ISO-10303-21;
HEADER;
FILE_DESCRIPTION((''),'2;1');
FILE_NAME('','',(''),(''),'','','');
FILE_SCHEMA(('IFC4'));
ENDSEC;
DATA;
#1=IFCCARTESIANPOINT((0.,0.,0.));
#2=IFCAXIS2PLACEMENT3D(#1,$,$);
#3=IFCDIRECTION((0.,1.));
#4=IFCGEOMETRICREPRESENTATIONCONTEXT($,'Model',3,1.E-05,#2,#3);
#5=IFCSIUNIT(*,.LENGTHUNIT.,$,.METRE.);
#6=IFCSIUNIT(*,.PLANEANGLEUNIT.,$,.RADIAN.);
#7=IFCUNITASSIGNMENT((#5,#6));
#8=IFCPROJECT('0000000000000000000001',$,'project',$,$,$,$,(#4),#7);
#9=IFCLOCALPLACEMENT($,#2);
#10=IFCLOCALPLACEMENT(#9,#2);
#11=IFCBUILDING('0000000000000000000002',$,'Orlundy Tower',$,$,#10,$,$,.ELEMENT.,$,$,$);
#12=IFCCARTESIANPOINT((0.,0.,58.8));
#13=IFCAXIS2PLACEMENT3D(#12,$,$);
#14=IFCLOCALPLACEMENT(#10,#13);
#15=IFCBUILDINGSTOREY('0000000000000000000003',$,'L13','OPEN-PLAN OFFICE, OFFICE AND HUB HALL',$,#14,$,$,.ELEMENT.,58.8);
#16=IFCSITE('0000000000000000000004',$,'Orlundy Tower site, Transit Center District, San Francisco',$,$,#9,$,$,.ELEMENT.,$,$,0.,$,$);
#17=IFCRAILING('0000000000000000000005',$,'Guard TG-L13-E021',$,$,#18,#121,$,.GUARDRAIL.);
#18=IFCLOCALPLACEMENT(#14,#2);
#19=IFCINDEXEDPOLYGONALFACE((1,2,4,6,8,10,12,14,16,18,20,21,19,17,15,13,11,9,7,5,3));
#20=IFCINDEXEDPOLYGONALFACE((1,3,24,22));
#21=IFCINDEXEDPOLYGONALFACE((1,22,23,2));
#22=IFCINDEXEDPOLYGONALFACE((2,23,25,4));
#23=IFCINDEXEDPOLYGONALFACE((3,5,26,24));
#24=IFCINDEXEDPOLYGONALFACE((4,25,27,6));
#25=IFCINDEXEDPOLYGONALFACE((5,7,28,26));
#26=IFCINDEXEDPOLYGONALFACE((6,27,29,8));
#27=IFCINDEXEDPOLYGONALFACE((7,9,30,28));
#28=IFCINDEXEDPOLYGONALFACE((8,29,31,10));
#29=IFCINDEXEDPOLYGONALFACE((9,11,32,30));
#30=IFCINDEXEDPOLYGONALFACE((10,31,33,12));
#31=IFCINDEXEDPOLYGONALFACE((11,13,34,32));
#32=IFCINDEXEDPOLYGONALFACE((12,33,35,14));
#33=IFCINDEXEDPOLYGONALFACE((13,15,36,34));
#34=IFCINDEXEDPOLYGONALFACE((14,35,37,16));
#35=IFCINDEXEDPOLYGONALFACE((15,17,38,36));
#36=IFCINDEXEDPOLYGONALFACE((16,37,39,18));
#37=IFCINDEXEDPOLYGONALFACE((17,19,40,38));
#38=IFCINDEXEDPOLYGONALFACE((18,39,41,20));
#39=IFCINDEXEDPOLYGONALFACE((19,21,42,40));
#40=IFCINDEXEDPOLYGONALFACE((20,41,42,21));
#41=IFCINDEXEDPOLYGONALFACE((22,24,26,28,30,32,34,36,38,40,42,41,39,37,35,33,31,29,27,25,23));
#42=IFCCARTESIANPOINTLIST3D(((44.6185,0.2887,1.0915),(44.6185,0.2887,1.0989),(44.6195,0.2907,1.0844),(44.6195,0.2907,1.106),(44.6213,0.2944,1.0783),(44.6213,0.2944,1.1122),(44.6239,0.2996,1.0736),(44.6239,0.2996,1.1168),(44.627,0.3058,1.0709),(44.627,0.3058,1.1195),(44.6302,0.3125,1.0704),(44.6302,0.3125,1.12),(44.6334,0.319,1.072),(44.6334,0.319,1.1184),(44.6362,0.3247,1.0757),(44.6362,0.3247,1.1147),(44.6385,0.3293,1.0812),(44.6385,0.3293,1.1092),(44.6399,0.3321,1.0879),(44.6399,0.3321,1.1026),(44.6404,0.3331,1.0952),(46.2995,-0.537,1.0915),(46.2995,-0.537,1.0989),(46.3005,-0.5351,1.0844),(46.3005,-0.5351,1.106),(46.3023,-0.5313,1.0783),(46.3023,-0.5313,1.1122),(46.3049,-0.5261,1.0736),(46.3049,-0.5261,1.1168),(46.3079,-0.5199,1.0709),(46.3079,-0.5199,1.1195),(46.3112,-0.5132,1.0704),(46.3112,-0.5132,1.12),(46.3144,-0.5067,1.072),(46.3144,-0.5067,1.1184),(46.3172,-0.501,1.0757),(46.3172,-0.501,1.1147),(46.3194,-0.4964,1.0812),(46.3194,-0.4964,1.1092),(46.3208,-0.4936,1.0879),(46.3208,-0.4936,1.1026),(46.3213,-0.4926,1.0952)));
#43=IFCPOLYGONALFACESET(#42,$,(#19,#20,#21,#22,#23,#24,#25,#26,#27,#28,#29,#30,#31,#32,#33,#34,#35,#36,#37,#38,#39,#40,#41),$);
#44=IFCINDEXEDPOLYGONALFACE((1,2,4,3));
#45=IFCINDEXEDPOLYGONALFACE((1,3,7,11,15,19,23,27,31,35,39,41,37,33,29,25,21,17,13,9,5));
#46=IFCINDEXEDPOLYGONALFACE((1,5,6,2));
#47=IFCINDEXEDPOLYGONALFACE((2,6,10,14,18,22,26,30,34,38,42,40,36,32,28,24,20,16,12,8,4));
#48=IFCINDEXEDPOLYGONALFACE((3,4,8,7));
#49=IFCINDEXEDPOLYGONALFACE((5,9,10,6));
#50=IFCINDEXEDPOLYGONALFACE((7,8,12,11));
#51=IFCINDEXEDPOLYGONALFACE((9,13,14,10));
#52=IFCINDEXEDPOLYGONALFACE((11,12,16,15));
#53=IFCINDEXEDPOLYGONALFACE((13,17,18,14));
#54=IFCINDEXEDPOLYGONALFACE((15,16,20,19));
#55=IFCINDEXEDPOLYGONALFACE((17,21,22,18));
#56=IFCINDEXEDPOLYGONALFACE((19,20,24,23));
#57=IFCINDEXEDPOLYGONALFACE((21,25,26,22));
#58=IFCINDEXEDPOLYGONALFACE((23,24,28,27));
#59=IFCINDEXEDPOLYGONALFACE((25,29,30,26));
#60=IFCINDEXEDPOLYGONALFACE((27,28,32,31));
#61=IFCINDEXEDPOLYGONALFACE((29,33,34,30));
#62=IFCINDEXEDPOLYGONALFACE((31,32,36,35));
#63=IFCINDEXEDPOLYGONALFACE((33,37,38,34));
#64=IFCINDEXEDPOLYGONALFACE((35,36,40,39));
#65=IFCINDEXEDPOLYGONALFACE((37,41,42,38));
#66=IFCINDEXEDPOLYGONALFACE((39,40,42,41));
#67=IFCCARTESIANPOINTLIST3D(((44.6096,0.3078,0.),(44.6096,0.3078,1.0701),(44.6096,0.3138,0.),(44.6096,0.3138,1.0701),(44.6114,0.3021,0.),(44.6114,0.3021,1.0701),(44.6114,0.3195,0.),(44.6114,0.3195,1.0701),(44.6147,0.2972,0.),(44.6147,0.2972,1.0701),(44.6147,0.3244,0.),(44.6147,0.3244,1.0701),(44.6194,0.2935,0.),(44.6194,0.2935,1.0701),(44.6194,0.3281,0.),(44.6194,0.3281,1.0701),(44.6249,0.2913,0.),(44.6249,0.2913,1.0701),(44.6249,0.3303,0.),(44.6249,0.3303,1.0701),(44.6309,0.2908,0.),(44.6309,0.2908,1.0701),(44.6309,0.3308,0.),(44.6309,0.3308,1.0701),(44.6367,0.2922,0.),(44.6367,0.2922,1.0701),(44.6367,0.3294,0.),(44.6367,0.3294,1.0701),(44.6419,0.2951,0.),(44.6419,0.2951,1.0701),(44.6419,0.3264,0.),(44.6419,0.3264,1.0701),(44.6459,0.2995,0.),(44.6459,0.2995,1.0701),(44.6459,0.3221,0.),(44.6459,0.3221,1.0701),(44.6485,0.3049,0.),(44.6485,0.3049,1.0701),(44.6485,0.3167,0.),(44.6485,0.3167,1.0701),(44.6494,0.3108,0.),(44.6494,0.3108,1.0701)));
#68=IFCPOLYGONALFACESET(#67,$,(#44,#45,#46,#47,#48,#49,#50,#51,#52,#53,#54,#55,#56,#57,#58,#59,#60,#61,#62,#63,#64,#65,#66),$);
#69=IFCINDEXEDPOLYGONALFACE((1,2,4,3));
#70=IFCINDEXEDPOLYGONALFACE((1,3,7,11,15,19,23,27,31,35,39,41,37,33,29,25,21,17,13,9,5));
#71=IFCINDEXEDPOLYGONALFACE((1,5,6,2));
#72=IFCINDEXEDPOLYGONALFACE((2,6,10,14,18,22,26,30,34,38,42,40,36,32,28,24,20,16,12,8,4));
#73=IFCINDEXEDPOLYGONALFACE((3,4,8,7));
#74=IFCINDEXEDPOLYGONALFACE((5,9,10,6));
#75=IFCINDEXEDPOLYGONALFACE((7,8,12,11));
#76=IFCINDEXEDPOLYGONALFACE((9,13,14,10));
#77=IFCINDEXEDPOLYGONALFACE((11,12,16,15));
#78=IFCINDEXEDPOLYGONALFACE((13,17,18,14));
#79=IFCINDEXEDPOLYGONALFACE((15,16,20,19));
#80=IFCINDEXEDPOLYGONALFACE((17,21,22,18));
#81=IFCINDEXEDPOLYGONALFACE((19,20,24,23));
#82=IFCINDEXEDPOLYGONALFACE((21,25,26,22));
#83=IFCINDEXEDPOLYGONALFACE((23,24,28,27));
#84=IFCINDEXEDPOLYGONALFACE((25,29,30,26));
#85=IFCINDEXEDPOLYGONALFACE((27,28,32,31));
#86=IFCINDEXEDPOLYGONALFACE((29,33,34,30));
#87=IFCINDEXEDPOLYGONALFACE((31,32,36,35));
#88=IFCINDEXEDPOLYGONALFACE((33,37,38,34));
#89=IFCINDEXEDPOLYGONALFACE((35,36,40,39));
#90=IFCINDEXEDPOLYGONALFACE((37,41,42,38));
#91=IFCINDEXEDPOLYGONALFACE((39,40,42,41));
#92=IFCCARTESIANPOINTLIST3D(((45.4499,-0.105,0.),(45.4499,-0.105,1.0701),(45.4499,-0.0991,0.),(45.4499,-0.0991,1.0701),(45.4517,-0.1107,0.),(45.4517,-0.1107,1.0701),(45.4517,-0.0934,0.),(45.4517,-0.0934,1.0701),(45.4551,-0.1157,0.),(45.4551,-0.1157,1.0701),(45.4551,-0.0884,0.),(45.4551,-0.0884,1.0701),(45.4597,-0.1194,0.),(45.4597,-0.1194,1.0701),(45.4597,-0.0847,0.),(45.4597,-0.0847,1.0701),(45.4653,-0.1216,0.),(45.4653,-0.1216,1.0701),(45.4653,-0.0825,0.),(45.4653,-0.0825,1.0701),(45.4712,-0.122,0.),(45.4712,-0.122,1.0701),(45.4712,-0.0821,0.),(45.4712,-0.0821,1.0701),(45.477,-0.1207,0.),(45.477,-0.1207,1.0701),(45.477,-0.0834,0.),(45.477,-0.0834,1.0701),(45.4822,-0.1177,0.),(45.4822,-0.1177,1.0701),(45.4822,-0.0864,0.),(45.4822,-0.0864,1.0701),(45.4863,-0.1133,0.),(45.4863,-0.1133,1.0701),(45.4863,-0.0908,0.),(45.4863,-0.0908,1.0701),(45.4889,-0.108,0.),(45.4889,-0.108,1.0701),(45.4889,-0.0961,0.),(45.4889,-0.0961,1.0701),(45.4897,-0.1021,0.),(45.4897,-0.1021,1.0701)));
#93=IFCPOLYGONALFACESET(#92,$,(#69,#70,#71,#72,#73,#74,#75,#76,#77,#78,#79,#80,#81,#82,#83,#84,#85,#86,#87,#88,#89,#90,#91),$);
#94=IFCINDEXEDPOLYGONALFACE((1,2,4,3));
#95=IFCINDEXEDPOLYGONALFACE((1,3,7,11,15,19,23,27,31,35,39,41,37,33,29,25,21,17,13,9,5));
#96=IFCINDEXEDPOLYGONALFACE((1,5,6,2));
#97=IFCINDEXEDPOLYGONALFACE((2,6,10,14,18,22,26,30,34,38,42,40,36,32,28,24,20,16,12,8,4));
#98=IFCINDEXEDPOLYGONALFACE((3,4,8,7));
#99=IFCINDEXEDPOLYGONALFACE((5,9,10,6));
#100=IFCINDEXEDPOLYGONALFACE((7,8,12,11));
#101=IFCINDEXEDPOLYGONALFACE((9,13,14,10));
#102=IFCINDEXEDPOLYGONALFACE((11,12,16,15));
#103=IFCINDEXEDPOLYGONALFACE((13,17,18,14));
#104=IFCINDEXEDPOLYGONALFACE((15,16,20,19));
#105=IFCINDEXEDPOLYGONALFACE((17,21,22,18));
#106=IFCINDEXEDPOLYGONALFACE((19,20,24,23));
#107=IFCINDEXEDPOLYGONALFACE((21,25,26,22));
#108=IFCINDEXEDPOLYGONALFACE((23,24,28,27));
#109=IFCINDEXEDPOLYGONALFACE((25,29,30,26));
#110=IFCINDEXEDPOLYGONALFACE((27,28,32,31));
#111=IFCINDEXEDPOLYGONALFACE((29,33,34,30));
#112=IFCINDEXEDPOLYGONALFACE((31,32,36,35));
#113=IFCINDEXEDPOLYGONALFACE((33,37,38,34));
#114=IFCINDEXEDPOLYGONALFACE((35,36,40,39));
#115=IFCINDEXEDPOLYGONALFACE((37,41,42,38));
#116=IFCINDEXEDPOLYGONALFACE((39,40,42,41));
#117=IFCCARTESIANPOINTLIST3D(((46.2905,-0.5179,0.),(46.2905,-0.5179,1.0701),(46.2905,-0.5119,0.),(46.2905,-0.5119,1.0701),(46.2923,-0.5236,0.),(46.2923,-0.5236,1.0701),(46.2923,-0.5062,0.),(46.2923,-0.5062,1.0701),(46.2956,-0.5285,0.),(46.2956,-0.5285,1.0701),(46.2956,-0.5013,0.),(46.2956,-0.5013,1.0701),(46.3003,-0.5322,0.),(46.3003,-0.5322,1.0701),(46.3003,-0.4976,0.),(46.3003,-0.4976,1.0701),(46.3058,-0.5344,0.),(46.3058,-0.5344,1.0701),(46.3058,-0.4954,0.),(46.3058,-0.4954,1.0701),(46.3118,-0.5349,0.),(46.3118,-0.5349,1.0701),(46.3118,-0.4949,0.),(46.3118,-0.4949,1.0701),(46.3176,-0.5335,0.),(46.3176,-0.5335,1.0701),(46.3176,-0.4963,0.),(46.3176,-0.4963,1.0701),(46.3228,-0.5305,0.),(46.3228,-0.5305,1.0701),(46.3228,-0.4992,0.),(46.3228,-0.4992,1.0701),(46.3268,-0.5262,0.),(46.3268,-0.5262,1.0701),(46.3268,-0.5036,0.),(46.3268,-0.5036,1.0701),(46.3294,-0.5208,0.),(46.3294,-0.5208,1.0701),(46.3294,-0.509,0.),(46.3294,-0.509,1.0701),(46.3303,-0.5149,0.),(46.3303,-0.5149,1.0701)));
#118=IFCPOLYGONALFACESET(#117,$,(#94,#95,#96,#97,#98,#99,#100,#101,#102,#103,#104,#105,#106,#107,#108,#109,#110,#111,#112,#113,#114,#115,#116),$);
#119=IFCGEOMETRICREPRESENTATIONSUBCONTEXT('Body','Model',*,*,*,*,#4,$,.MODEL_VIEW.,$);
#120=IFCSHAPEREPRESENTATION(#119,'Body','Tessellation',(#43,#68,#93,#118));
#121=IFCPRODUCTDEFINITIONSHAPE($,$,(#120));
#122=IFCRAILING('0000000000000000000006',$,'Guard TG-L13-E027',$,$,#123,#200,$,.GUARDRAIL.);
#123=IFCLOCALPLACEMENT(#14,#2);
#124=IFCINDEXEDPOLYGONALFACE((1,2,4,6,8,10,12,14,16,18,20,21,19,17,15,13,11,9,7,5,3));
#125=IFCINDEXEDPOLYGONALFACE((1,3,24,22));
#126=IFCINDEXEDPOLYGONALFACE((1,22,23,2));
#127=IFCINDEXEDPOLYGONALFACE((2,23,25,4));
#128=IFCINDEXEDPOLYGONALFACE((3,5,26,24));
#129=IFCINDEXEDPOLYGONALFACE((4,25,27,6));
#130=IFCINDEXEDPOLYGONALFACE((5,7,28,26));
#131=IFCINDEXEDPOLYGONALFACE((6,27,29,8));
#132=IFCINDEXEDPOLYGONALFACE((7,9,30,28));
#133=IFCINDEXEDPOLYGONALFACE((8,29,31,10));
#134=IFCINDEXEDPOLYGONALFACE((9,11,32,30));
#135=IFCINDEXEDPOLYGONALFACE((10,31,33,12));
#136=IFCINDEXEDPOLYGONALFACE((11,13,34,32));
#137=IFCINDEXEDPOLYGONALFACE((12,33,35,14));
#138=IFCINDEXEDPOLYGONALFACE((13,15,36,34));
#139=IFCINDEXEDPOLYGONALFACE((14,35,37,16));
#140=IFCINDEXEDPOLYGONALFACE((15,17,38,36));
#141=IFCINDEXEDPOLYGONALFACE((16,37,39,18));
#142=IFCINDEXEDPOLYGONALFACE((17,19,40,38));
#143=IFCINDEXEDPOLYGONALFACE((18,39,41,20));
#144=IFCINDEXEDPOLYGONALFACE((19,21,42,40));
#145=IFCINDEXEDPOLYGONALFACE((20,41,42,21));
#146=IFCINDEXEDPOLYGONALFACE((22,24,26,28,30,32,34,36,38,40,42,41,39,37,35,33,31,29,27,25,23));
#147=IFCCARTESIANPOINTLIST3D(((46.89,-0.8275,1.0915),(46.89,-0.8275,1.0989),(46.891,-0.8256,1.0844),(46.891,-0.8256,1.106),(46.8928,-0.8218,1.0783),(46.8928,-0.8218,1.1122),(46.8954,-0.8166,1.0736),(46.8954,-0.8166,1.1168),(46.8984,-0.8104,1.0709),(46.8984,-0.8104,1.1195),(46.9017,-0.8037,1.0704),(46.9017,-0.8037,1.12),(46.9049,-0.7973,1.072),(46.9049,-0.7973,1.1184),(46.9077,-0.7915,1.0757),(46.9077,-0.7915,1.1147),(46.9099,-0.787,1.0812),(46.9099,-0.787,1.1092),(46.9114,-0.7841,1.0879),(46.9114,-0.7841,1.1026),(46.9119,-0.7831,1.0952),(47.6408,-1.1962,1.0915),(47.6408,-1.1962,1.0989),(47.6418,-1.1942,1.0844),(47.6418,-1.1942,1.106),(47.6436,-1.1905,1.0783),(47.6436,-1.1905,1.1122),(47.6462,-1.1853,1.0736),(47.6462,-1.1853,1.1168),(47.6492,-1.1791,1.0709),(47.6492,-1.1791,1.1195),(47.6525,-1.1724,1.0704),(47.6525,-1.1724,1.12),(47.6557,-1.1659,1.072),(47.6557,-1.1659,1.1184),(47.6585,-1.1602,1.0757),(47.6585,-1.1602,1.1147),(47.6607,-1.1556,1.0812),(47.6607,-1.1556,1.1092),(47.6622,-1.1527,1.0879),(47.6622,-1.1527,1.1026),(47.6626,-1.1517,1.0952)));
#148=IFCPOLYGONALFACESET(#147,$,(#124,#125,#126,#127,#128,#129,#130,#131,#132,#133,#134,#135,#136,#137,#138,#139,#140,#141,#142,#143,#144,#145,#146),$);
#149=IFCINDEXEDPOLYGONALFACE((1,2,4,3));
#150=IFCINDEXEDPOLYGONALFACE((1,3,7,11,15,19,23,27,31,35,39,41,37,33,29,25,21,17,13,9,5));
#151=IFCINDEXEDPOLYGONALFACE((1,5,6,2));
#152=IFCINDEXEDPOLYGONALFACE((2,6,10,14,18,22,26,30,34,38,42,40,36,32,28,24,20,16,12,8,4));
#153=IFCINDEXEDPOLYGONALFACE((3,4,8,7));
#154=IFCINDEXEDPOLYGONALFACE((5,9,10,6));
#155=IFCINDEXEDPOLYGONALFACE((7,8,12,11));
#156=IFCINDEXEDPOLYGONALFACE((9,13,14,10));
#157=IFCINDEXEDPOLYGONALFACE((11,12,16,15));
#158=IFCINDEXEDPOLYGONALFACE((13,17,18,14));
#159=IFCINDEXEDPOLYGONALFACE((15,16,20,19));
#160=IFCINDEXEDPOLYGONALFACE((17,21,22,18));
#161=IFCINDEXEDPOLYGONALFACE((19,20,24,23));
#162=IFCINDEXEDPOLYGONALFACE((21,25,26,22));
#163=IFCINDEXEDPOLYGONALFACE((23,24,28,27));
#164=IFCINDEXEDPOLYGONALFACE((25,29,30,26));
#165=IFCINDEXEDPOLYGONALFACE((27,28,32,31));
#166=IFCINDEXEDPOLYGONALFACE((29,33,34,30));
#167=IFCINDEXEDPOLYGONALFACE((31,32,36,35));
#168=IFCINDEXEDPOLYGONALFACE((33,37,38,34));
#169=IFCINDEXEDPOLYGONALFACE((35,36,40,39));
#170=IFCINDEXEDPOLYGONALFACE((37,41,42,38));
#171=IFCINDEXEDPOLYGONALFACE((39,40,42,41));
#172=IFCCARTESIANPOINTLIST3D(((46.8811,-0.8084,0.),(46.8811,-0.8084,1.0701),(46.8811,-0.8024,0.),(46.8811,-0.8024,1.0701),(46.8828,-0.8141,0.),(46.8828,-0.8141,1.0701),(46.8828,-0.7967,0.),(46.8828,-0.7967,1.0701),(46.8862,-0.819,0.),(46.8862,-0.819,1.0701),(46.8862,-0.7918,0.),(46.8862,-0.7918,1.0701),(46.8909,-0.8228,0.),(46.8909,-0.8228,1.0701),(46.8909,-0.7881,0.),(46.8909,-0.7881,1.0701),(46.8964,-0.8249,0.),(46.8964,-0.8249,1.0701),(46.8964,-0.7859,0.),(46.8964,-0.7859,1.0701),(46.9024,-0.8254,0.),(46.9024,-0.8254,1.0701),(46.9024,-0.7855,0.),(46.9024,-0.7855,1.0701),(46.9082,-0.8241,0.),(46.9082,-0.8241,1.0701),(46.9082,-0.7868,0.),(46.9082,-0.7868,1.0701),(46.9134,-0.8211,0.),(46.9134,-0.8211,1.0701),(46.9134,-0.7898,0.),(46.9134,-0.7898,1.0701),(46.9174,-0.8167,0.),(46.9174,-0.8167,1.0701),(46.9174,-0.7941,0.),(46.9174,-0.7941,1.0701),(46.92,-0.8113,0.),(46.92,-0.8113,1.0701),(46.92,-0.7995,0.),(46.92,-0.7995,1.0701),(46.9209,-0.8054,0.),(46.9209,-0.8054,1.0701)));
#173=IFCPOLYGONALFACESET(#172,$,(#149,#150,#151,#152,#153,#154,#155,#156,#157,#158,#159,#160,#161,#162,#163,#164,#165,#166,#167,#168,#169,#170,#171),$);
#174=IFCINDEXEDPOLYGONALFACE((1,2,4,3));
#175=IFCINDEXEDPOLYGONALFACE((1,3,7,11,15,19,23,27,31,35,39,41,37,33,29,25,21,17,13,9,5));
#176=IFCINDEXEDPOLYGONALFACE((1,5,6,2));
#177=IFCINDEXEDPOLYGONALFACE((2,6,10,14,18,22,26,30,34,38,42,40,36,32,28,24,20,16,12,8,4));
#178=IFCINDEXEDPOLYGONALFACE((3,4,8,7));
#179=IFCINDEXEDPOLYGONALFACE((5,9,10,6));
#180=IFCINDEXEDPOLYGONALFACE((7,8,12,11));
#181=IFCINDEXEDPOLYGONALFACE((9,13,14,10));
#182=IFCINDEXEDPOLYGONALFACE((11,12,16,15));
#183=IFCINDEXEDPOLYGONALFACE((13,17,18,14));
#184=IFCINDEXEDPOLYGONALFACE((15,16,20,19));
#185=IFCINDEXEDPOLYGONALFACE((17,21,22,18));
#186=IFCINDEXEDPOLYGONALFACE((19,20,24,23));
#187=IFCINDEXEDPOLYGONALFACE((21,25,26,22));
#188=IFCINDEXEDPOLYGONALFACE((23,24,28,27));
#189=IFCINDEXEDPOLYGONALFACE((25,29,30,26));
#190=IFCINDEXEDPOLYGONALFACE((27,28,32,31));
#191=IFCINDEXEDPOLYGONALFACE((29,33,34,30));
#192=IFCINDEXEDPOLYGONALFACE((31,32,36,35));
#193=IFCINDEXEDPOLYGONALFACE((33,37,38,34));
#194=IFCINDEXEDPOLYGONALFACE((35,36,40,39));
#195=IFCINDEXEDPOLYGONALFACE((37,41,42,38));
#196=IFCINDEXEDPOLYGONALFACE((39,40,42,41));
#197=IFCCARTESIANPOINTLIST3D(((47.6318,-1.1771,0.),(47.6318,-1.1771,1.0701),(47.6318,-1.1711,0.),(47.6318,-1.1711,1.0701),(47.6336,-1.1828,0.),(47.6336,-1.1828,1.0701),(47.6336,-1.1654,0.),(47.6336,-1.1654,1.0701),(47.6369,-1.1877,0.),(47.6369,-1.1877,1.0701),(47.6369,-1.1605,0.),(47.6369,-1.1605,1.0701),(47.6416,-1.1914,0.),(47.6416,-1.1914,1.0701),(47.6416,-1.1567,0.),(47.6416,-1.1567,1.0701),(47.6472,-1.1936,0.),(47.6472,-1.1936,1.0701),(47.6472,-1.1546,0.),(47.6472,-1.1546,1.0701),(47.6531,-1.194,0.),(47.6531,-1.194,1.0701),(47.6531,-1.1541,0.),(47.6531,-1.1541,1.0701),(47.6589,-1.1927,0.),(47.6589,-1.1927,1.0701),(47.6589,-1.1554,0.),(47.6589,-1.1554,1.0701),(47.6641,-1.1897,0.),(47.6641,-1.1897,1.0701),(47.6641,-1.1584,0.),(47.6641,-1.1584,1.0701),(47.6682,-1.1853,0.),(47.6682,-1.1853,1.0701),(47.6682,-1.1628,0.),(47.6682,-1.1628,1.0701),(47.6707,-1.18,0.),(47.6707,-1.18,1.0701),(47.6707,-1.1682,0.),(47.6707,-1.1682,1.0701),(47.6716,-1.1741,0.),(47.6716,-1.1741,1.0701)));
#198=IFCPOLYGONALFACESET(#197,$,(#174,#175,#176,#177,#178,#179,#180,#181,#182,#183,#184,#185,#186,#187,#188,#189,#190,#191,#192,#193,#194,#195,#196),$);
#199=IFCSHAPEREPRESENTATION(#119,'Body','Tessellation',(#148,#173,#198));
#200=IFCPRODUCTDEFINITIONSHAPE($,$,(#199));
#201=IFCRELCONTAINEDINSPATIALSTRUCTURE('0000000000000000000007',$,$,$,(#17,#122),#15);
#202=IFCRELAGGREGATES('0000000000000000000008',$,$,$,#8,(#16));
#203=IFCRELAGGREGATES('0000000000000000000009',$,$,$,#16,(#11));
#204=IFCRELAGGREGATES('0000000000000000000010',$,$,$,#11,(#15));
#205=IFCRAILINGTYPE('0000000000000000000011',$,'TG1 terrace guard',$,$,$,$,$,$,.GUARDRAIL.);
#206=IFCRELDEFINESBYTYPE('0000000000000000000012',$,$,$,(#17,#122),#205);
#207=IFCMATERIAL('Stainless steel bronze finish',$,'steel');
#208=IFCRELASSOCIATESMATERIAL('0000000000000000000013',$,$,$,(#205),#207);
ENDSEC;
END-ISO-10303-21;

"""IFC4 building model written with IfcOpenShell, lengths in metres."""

from ifc_helpers import new_model, si_unit, direction, frame, origin, origin_2d, place, context, subcontext, project, spatial, circle, extrude, material, type_object, element, save


model = new_model("IFC4")

# Units and contexts
model_context = context("Model", 3, precision=1e-05, world=origin(), true_north=direction((0.0, 1.0)))
body_context = subcontext(model_context, "Body", "Model", "MODEL_VIEW")
ifc_project = project(units=[si_unit("LENGTHUNIT", "METRE"), si_unit("PLANEANGLEUNIT", "RADIAN")], contexts=[model_context])

# Site, building, storey
site_placement = place(None, origin())
site = spatial("IfcSite", under=ifc_project, at=site_placement, Name="Orlundy Tower site, Transit Center District, San Francisco", CompositionType="ELEMENT", RefElevation=0.0)
building_placement = place(site_placement, origin())
building = spatial("IfcBuilding", under=site, at=building_placement, Name="Orlundy Tower", CompositionType="ELEMENT")
storey_placement = place(building_placement, frame((0.0, 0.0, 58.8)))
storey = spatial("IfcBuildingStorey", under=building, at=storey_placement, Name="L13", Description="OPEN-PLAN OFFICE, OFFICE AND HUB HALL", CompositionType="ELEMENT", Elevation=58.8)

# Railings
ifc_material_1 = material(Name="Stainless steel bronze finish", Category="steel")
railing_type = type_object("IfcRailingType", Name="TG1 terrace guard", PredefinedType="GUARDRAIL", material=ifc_material_1)
railing_1_placement = place(storey_placement, frame((44.6294, 0.3108, 0.0)))
element("IfcRailing", 1, at=railing_1_placement, inside=storey, type_object=railing_type, Name="Guard TG-L13-E021", PredefinedType="GUARDRAIL", context=body_context, shape_type="SweptSolid", body=[
    extrude(circle(Radius=0.0249, at=origin_2d()), frame((0.0, 0.0, 1.0952), z_axis=(0.89756, -0.440893, 0.0), x_axis=(0.440893, 0.89756, 0.0)), (0.0, 0.0, 1.0), 1.8728),
    extrude(circle(Radius=0.02, at=origin_2d()), origin(), (0.0, 0.0, 1.0), 1.0701),
    extrude(circle(Radius=0.02, at=origin_2d()), frame((0.8403, -0.4128, 0.0)), (0.0, 0.0, 1.0), 1.0701),
    extrude(circle(Radius=0.02, at=origin_2d()), frame((1.6809, -0.8257, 0.0)), (0.0, 0.0, 1.0), 1.0701),
])
railing_2_placement = place(storey_placement, frame((46.9009, -0.8054, 0.0)))
element("IfcRailing", 2, at=railing_2_placement, inside=storey, type_object=railing_type, Name="Guard TG-L13-E027", PredefinedType="GUARDRAIL", context=body_context, shape_type="SweptSolid", body=[
    extrude(circle(Radius=0.0249, at=origin_2d()), frame((0.0, 0.0, 1.0952), z_axis=(0.897615, -0.44078, 0.0), x_axis=(0.44078, 0.897615, 0.0)), (0.0, 0.0, 1.0), 0.8364),
    extrude(circle(Radius=0.02, at=origin_2d()), origin(), (0.0, 0.0, 1.0), 1.0701),
    extrude(circle(Radius=0.02, at=origin_2d()), frame((0.7507, -0.3687, 0.0)), (0.0, 0.0, 1.0), 1.0701),
])

save(model, "model.ifc")
